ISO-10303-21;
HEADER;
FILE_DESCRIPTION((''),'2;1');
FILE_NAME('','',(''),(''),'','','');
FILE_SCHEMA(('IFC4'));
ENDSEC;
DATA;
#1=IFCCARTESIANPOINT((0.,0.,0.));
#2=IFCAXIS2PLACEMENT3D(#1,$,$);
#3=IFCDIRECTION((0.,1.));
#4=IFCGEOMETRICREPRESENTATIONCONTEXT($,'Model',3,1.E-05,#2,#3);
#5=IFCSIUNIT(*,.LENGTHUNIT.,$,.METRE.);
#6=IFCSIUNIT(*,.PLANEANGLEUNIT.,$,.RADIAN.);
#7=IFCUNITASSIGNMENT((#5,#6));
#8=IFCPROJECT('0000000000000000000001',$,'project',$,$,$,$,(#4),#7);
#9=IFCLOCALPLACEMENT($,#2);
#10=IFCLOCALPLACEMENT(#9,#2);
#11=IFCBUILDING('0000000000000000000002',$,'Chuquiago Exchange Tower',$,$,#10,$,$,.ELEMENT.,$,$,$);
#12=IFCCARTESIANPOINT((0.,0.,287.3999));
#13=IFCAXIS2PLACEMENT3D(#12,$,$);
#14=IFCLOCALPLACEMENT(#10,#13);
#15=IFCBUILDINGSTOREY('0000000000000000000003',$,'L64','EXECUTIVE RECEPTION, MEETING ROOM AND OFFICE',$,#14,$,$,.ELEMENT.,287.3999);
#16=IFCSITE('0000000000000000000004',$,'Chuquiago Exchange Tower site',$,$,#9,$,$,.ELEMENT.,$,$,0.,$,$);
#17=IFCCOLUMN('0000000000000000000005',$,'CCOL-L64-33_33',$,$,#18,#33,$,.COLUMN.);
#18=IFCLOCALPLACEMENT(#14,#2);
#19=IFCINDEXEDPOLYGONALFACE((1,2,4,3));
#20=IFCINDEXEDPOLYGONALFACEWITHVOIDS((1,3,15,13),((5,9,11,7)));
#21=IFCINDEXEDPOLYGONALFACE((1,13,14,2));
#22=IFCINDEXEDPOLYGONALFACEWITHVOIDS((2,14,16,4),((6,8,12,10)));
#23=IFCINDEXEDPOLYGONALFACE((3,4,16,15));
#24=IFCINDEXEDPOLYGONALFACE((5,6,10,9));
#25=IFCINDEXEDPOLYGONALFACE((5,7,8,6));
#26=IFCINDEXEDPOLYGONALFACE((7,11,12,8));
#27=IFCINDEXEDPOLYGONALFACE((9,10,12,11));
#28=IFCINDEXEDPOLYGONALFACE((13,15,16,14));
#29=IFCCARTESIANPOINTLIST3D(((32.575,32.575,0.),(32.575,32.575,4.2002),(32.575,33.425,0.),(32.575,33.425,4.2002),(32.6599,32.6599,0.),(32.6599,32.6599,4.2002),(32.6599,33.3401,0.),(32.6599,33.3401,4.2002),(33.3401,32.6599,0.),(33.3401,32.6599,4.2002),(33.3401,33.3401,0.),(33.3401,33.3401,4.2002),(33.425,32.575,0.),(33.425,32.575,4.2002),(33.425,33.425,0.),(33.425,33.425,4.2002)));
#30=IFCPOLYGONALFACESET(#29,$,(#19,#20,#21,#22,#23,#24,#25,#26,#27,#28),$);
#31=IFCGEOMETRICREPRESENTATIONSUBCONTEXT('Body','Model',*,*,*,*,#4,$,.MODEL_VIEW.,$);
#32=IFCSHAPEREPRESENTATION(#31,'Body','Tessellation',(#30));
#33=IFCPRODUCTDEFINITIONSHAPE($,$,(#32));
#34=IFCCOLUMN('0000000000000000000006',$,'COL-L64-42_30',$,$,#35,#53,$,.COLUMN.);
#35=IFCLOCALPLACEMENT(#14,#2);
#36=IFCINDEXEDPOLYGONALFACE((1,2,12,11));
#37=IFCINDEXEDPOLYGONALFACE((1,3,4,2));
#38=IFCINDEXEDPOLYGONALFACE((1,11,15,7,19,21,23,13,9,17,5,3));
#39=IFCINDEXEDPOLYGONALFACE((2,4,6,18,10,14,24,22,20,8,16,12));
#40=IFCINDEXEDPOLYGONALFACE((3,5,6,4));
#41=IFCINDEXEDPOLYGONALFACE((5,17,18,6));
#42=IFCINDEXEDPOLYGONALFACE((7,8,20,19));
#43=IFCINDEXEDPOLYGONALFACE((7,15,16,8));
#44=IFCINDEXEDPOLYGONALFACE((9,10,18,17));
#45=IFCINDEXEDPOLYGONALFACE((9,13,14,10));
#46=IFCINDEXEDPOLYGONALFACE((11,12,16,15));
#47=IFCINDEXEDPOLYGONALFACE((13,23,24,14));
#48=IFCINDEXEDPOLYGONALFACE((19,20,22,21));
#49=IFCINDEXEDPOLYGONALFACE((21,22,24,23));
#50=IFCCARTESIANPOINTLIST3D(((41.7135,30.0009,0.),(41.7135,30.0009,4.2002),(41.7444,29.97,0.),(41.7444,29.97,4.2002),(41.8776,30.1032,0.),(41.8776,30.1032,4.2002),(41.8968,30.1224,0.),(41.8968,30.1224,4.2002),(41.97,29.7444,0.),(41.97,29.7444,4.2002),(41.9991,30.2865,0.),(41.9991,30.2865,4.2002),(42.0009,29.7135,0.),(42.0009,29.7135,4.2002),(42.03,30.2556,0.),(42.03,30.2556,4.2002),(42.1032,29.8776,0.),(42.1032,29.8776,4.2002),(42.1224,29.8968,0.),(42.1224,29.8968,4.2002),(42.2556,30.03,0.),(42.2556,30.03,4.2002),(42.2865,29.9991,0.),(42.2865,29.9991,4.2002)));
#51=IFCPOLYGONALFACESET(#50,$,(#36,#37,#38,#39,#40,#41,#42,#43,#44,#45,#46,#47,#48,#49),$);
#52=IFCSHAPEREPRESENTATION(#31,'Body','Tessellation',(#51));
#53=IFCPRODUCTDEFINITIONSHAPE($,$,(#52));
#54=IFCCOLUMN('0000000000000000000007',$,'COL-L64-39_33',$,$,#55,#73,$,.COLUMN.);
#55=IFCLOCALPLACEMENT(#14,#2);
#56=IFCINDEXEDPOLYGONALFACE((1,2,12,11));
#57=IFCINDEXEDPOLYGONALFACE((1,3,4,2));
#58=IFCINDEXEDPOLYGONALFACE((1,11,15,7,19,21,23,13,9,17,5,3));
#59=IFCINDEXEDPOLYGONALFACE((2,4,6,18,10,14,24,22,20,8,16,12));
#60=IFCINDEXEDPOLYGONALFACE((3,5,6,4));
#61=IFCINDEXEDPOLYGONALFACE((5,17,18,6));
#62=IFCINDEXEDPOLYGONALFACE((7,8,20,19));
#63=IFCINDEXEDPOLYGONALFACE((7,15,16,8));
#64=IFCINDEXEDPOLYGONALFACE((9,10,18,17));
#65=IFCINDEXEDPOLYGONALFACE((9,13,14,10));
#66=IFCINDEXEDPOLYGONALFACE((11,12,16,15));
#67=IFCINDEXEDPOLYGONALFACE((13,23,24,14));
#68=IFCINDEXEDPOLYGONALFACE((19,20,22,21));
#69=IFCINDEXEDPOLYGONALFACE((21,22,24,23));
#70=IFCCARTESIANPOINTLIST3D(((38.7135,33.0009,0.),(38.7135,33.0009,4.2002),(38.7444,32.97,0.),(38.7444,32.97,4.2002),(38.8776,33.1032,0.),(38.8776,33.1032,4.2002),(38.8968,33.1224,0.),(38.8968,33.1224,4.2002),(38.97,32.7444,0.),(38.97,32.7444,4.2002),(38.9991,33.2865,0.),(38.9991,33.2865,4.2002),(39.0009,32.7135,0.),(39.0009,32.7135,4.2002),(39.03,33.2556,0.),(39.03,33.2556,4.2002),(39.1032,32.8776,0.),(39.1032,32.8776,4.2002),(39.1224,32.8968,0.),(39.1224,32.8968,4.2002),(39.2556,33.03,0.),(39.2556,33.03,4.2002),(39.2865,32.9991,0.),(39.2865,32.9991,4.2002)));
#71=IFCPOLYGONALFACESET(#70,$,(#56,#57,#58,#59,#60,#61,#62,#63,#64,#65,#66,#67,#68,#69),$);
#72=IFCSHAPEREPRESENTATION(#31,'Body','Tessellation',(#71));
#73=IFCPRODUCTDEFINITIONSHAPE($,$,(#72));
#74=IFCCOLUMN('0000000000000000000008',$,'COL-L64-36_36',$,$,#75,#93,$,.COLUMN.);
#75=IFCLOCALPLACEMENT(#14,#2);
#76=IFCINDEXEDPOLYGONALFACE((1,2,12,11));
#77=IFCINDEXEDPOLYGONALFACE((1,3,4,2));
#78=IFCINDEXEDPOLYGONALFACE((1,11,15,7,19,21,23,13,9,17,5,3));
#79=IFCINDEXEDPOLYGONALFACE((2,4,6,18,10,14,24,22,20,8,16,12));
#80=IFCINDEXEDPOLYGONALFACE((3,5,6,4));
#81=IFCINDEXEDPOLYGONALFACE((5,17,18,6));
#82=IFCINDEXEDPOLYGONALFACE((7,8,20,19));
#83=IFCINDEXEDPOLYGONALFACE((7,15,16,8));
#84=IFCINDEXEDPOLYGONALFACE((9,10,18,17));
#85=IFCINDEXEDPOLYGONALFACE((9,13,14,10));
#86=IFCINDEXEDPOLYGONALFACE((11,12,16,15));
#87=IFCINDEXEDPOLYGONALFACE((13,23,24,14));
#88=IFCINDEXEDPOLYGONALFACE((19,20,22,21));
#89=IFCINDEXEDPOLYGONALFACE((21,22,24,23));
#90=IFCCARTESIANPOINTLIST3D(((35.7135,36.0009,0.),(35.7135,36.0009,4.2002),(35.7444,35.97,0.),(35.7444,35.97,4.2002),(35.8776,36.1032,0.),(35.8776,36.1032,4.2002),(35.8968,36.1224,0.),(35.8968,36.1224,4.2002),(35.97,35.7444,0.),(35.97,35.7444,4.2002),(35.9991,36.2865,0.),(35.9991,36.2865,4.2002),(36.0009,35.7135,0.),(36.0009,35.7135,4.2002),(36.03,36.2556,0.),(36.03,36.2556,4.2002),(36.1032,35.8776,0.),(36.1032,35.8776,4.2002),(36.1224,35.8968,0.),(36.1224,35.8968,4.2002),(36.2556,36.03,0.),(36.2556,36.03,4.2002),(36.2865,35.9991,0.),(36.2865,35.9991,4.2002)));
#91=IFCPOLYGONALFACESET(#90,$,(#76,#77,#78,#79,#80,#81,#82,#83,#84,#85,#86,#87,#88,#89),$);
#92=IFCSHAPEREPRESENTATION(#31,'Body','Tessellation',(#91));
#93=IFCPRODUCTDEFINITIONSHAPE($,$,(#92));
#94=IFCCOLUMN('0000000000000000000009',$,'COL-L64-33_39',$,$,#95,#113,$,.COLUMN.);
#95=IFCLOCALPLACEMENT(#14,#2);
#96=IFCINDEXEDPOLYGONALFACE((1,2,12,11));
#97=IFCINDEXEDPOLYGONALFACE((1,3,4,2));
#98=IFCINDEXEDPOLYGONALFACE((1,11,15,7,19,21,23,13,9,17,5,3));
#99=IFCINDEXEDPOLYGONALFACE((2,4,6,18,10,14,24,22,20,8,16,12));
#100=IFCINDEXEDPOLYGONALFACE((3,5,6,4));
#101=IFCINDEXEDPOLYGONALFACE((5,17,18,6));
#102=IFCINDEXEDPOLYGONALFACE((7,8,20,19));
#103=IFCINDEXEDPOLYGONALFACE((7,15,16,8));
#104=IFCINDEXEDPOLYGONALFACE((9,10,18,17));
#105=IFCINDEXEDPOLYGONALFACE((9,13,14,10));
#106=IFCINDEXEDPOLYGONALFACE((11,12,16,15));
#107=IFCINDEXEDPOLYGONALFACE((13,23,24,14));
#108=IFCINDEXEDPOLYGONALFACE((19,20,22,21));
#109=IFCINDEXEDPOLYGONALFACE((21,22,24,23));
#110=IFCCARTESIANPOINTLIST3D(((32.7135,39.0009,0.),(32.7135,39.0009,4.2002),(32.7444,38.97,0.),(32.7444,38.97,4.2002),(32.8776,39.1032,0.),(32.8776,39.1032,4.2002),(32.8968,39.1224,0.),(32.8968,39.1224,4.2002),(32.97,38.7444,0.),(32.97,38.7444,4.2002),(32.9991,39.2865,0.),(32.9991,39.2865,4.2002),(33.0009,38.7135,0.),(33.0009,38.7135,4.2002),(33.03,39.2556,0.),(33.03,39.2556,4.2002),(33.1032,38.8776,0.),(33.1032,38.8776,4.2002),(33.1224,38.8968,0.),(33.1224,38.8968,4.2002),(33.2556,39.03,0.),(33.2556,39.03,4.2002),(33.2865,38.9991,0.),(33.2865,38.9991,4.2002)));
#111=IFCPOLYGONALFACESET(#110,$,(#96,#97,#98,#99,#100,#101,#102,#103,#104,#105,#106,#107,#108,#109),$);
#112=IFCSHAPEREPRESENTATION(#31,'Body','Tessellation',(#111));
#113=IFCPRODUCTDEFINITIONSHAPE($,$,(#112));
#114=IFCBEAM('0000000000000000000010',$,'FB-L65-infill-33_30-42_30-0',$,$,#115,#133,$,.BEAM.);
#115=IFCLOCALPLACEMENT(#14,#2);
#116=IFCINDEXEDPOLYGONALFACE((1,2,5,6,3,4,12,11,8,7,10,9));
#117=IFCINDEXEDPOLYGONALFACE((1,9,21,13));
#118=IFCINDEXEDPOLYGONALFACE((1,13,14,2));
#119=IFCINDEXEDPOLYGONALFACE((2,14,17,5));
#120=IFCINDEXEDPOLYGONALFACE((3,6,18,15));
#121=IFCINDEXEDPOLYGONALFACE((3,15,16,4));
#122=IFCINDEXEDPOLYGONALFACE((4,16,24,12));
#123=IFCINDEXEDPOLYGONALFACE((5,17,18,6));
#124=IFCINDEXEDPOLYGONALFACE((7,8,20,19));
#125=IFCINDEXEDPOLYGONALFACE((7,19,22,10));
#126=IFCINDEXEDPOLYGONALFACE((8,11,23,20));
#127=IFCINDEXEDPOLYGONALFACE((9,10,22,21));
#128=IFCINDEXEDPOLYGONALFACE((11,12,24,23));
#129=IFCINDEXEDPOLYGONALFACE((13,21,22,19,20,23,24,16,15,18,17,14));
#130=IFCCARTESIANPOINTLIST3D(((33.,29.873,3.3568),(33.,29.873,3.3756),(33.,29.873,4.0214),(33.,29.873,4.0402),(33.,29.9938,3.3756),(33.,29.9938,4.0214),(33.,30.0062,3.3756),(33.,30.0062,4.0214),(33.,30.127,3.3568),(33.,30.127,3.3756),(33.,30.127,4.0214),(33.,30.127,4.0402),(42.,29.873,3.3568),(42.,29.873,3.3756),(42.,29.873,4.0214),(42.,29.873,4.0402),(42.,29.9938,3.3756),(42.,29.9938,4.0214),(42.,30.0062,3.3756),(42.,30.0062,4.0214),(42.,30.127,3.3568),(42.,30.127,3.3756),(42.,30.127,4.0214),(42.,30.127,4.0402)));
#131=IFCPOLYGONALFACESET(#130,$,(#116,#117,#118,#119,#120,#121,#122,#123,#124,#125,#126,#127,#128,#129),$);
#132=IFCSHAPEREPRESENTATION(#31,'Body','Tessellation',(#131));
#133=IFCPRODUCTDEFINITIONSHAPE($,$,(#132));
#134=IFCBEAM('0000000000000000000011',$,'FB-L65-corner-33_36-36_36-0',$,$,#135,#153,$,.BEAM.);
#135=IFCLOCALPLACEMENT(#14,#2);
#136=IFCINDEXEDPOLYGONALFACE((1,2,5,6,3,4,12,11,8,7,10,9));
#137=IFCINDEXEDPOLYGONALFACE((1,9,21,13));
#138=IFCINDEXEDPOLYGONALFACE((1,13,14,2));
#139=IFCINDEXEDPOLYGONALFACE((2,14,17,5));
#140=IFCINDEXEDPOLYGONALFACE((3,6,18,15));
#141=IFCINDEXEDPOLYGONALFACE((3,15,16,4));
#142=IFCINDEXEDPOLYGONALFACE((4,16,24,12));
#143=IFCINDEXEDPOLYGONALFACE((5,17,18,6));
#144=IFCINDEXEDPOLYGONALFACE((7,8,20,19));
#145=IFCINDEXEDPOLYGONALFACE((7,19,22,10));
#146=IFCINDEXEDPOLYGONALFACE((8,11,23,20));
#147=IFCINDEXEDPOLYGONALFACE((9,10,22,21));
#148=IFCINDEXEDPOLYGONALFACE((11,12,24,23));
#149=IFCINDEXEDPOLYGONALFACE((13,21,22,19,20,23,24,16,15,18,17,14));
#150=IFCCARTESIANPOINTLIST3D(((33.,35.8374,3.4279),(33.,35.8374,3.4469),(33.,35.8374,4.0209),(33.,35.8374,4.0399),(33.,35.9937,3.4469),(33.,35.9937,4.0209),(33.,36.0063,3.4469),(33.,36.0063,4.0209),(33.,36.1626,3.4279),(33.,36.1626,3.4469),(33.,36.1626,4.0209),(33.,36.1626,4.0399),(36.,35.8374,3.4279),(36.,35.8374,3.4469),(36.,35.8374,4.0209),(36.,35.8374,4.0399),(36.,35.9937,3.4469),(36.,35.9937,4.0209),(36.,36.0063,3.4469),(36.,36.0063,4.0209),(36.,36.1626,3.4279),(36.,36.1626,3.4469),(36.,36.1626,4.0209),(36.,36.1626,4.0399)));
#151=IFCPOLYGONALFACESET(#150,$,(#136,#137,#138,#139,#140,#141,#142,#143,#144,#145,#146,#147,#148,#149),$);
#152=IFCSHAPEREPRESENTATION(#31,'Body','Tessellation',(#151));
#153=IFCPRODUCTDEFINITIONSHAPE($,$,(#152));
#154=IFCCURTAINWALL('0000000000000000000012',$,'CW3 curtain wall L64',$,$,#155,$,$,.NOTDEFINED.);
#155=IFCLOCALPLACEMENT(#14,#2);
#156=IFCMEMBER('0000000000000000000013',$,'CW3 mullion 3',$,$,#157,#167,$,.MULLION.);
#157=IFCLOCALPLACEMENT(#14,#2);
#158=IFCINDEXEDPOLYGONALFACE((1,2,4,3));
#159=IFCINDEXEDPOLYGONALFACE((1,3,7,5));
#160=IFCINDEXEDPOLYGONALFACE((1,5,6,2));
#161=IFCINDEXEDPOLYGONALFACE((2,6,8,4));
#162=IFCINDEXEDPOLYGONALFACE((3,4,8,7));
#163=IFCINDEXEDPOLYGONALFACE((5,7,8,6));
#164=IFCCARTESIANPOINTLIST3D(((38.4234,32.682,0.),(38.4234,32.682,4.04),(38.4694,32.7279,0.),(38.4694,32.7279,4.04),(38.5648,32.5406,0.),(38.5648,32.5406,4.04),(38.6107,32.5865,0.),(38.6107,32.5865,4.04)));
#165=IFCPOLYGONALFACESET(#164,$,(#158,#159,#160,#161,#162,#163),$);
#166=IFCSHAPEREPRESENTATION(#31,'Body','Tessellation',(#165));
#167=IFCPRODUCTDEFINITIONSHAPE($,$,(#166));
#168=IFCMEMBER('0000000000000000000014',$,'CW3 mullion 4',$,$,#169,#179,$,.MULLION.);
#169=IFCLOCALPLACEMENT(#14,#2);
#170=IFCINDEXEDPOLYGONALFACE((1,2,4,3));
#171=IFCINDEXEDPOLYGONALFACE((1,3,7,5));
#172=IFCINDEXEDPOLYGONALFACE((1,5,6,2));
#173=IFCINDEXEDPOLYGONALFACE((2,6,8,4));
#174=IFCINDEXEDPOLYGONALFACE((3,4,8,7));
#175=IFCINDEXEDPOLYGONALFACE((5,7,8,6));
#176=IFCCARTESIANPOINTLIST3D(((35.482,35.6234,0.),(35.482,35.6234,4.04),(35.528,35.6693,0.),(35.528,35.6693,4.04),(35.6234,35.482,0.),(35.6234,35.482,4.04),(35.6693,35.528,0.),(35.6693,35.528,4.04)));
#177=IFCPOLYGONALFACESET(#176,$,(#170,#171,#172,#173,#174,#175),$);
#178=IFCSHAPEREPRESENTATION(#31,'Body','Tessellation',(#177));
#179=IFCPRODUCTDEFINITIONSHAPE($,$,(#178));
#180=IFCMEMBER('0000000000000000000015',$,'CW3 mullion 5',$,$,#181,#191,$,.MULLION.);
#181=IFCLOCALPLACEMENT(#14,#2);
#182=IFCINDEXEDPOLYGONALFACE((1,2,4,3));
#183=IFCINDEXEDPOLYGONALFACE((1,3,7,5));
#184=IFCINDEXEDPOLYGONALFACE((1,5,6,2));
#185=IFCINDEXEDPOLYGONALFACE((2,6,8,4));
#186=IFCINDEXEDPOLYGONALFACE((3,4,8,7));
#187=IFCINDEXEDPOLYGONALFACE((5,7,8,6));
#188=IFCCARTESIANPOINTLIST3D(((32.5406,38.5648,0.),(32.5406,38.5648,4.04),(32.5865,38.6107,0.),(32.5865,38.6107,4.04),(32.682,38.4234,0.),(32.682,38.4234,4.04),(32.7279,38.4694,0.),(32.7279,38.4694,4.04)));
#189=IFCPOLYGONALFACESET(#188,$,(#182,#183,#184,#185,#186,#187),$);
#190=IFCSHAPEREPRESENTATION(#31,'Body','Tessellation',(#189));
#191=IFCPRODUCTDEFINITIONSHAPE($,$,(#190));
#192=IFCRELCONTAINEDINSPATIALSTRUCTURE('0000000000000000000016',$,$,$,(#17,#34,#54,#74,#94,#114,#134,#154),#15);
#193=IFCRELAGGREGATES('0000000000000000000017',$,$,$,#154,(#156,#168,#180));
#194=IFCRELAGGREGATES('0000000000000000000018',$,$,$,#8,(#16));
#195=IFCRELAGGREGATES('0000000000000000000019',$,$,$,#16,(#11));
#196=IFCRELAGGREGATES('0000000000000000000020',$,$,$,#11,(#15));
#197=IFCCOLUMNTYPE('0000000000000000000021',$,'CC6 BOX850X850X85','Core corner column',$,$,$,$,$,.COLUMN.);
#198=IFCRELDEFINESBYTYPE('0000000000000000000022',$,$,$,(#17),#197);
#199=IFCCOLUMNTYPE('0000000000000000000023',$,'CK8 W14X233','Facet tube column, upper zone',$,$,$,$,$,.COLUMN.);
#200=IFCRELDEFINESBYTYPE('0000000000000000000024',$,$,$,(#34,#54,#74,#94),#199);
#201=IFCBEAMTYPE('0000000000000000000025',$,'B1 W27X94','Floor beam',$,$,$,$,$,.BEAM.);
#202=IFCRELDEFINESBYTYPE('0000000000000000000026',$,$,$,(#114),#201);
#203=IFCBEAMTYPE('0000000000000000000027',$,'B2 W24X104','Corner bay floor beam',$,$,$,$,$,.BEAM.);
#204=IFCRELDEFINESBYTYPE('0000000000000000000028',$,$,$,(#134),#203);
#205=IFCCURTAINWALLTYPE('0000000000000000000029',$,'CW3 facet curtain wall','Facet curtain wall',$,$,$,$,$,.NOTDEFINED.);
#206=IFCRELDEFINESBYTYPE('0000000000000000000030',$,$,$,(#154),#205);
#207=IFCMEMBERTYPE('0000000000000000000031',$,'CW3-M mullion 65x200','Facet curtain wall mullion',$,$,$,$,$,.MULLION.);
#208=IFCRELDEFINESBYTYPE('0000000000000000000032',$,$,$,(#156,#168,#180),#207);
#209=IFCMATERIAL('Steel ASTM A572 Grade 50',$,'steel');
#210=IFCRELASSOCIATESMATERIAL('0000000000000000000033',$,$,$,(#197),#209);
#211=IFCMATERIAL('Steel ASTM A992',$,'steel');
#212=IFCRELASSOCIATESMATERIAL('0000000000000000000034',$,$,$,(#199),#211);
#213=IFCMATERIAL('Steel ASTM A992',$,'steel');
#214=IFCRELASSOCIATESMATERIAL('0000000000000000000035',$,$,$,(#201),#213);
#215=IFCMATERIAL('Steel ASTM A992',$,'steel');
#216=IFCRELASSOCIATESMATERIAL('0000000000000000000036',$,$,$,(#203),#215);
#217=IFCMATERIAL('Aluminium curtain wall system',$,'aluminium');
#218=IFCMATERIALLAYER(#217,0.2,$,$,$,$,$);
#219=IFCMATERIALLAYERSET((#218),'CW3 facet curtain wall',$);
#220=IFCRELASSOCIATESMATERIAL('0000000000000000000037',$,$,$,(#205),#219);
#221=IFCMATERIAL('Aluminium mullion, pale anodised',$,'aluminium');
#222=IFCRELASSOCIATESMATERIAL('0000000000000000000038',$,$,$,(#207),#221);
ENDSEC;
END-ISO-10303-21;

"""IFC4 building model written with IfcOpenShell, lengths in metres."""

from ifc_helpers import new_model, si_unit, direction, frame, origin, origin_2d, place, context, subcontext, project, spatial, rectangle, hollow_rectangle, i_section, extrude, material, layer, layer_set, material_profile, profile_set, type_object, element, aggregate, save


model = new_model("IFC4")

# Units and contexts
model_context = context("Model", 3, precision=1e-05, world=origin(), true_north=direction((0.0, 1.0)))
body_context = subcontext(model_context, "Body", "Model", "MODEL_VIEW")
ifc_project = project(units=[si_unit("LENGTHUNIT", "METRE"), si_unit("PLANEANGLEUNIT", "RADIAN")], contexts=[model_context])

# Site, building, storey
site_placement = place(None, origin())
site = spatial("IfcSite", under=ifc_project, at=site_placement, Name="Chuquiago Exchange Tower site", CompositionType="ELEMENT", RefElevation=0.0)
building_placement = place(site_placement, origin())
building = spatial("IfcBuilding", under=site, at=building_placement, Name="Chuquiago Exchange Tower", CompositionType="ELEMENT")
storey_placement = place(building_placement, frame((0.0, 0.0, 287.3999)))
storey = spatial("IfcBuildingStorey", under=building, at=storey_placement, Name="L64", Description="EXECUTIVE RECEPTION, MEETING ROOM AND OFFICE", CompositionType="ELEMENT", Elevation=287.3999)

# Columns
ifc_material_1 = material(Name="Steel ASTM A572 Grade 50", Category="steel")
ifc_material_profile_1 = material_profile(ifc_material_1, hollow_rectangle(XDim=0.8501, YDim=0.8501, WallThickness=0.085, at=origin_2d()), Name="BOX850X850X85")
ifc_profile_set_1 = profile_set([ifc_material_profile_1], Name="Steel ASTM A572 Grade 50")
column_type_1 = type_object("IfcColumnType", Name="CC6 BOX850X850X85", Description="Core corner column", PredefinedType="COLUMN", material=ifc_profile_set_1)
column_placement = place(storey_placement, frame((33.0, 33.0, 0.0), z_axis=(0.0, 0.0, 1.0), x_axis=(1.0, 0.0, 0.0)))
element("IfcColumn", 1, at=column_placement, inside=storey, type_object=column_type_1, Name="CCOL-L64-33_33", PredefinedType="COLUMN", context=body_context, shape_type="SweptSolid", body=[
    extrude(hollow_rectangle(XDim=0.8501, YDim=0.8501, WallThickness=0.085, at=origin_2d()), origin(), (0.0, 0.0, 1.0), 4.2002),
])
ifc_material_2 = material(Name="Steel ASTM A992", Category="steel")
ifc_material_profile_2 = material_profile(ifc_material_2, i_section(OverallWidth=0.4038, OverallDepth=0.4065, WebThickness=0.0271, FlangeThickness=0.0437, at=origin_2d()), Name="W14X233")
ifc_profile_set_2 = profile_set([ifc_material_profile_2], Name="Steel ASTM A992")
column_type_2 = type_object("IfcColumnType", Name="CK8 W14X233", Description="Facet tube column, upper zone", PredefinedType="COLUMN", material=ifc_profile_set_2)
for number, where, z_axis, x_axis, name in (
    (2, (42.0, 30.0, 0.0), (0.0, 0.0, 1.0), (0.707107, 0.707107, 0.0), "COL-L64-42_30"),
    (3, (39.0, 33.0, 0.0), (0.0, 0.0, 1.0), (0.707107, 0.707107, 0.0), "COL-L64-39_33"),
    (4, (36.0, 36.0, 0.0), (0.0, 0.0, 1.0), (0.707107, 0.707107, 0.0), "COL-L64-36_36"),
    (5, (33.0, 39.0, 0.0), (0.0, 0.0, 1.0), (0.707107, 0.707107, 0.0), "COL-L64-33_39"),
):
    element("IfcColumn", number, at=place(storey_placement, frame(where, z_axis=z_axis, x_axis=x_axis)), inside=storey, type_object=column_type_2, Name=name, PredefinedType="COLUMN", context=body_context, shape_type="SweptSolid", body=[
        extrude(i_section(OverallWidth=0.4038, OverallDepth=0.4065, WebThickness=0.0271, FlangeThickness=0.0437, at=origin_2d()), origin(), (0.0, 0.0, 1.0), 4.2002),
    ])

# Beams
ifc_material_3 = material(Name="Steel ASTM A992", Category="steel")
ifc_material_profile_3 = material_profile(ifc_material_3, i_section(OverallWidth=0.2539, OverallDepth=0.6833, WebThickness=0.0125, FlangeThickness=0.0188, at=origin_2d()), Name="W27X94")
ifc_profile_set_3 = profile_set([ifc_material_profile_3], Name="Steel ASTM A992")
beam_type_1 = type_object("IfcBeamType", Name="B1 W27X94", Description="Floor beam", PredefinedType="BEAM", material=ifc_profile_set_3)
beam_1_placement = place(storey_placement, frame((33.0, 30.0, 3.6985), z_axis=(1.0, 0.0, 0.0), x_axis=(0.0, 1.0, 0.0)))
element("IfcBeam", 6, at=beam_1_placement, inside=storey, type_object=beam_type_1, Name="FB-L65-infill-33_30-42_30-0", PredefinedType="BEAM", context=body_context, shape_type="SweptSolid", body=[
    extrude(i_section(OverallWidth=0.2539, OverallDepth=0.6833, WebThickness=0.0125, FlangeThickness=0.0188, at=origin_2d()), origin(), (0.0, 0.0, 1.0), 9.0),
])
ifc_material_4 = material(Name="Steel ASTM A992", Category="steel")
ifc_material_profile_4 = material_profile(ifc_material_4, i_section(OverallWidth=0.3252, OverallDepth=0.6121, WebThickness=0.0127, FlangeThickness=0.019, at=origin_2d()), Name="W24X104")
ifc_profile_set_4 = profile_set([ifc_material_profile_4], Name="Steel ASTM A992")
beam_type_2 = type_object("IfcBeamType", Name="B2 W24X104", Description="Corner bay floor beam", PredefinedType="BEAM", material=ifc_profile_set_4)
beam_2_placement = place(storey_placement, frame((33.0, 36.0, 3.7339), z_axis=(1.0, 0.0, 0.0), x_axis=(0.0, 1.0, 0.0)))
element("IfcBeam", 7, at=beam_2_placement, inside=storey, type_object=beam_type_2, Name="FB-L65-corner-33_36-36_36-0", PredefinedType="BEAM", context=body_context, shape_type="SweptSolid", body=[
    extrude(i_section(OverallWidth=0.3252, OverallDepth=0.6121, WebThickness=0.0127, FlangeThickness=0.019, at=origin_2d()), origin(), (0.0, 0.0, 1.0), 3.0),
])

# Curtain wall, members
ifc_material_5 = material(Name="Aluminium curtain wall system", Category="aluminium")
ifc_layer_1 = layer(ifc_material_5, 0.2)
ifc_layer_set_1 = layer_set([ifc_layer_1], Name="CW3 facet curtain wall")
curtain_wall_type = type_object("IfcCurtainWallType", Name="CW3 facet curtain wall", Description="Facet curtain wall", PredefinedType="NOTDEFINED", material=ifc_layer_set_1)
curtain_wall_placement = place(storey_placement, origin())
curtain_wall = element("IfcCurtainWall", 8, at=curtain_wall_placement, inside=storey, type_object=curtain_wall_type, Name="CW3 curtain wall L64", PredefinedType="NOTDEFINED")
ifc_material_6 = material(Name="Aluminium mullion, pale anodised", Category="aluminium")
ifc_material_profile_5 = material_profile(ifc_material_6, rectangle(XDim=0.0649, YDim=0.2, at=origin_2d()), Name="AL 65x200")
ifc_profile_set_5 = profile_set([ifc_material_profile_5], Name="Aluminium mullion, pale anodised")
member_type_1 = type_object("IfcMemberType", Name="CW3-M mullion 65x200", Description="Facet curtain wall mullion", PredefinedType="MULLION", material=ifc_profile_set_5)
member_1_placement = place(storey_placement, frame((38.5171, 32.6343, 0.0), z_axis=(0.0, 0.0, 1.0), x_axis=(-0.707107, -0.707107, 0.0)))
member_1 = element("IfcMember", 9, at=member_1_placement, type_object=member_type_1, Name="CW3 mullion 3", PredefinedType="MULLION", context=body_context, shape_type="SweptSolid", body=[
    extrude(rectangle(XDim=0.0649, YDim=0.2, at=origin_2d()), origin(), (0.0, 0.0, 1.0), 4.04),
])
member_2_placement = place(storey_placement, frame((35.5757, 35.5757, 0.0), z_axis=(0.0, 0.0, 1.0), x_axis=(-0.707107, -0.707107, 0.0)))
member_2 = element("IfcMember", 10, at=member_2_placement, type_object=member_type_1, Name="CW3 mullion 4", PredefinedType="MULLION", context=body_context, shape_type="SweptSolid", body=[
    extrude(rectangle(XDim=0.0649, YDim=0.2, at=origin_2d()), origin(), (0.0, 0.0, 1.0), 4.04),
])
member_3_placement = place(storey_placement, frame((32.6343, 38.5171, 0.0), z_axis=(0.0, 0.0, 1.0), x_axis=(-0.707107, -0.707107, 0.0)))
member_3 = element("IfcMember", 11, at=member_3_placement, type_object=member_type_1, Name="CW3 mullion 5", PredefinedType="MULLION", context=body_context, shape_type="SweptSolid", body=[
    extrude(rectangle(XDim=0.0649, YDim=0.2, at=origin_2d()), origin(), (0.0, 0.0, 1.0), 4.04),
])

aggregate(curtain_wall, [member_1, member_2, member_3])

save(model, "model.ifc")
